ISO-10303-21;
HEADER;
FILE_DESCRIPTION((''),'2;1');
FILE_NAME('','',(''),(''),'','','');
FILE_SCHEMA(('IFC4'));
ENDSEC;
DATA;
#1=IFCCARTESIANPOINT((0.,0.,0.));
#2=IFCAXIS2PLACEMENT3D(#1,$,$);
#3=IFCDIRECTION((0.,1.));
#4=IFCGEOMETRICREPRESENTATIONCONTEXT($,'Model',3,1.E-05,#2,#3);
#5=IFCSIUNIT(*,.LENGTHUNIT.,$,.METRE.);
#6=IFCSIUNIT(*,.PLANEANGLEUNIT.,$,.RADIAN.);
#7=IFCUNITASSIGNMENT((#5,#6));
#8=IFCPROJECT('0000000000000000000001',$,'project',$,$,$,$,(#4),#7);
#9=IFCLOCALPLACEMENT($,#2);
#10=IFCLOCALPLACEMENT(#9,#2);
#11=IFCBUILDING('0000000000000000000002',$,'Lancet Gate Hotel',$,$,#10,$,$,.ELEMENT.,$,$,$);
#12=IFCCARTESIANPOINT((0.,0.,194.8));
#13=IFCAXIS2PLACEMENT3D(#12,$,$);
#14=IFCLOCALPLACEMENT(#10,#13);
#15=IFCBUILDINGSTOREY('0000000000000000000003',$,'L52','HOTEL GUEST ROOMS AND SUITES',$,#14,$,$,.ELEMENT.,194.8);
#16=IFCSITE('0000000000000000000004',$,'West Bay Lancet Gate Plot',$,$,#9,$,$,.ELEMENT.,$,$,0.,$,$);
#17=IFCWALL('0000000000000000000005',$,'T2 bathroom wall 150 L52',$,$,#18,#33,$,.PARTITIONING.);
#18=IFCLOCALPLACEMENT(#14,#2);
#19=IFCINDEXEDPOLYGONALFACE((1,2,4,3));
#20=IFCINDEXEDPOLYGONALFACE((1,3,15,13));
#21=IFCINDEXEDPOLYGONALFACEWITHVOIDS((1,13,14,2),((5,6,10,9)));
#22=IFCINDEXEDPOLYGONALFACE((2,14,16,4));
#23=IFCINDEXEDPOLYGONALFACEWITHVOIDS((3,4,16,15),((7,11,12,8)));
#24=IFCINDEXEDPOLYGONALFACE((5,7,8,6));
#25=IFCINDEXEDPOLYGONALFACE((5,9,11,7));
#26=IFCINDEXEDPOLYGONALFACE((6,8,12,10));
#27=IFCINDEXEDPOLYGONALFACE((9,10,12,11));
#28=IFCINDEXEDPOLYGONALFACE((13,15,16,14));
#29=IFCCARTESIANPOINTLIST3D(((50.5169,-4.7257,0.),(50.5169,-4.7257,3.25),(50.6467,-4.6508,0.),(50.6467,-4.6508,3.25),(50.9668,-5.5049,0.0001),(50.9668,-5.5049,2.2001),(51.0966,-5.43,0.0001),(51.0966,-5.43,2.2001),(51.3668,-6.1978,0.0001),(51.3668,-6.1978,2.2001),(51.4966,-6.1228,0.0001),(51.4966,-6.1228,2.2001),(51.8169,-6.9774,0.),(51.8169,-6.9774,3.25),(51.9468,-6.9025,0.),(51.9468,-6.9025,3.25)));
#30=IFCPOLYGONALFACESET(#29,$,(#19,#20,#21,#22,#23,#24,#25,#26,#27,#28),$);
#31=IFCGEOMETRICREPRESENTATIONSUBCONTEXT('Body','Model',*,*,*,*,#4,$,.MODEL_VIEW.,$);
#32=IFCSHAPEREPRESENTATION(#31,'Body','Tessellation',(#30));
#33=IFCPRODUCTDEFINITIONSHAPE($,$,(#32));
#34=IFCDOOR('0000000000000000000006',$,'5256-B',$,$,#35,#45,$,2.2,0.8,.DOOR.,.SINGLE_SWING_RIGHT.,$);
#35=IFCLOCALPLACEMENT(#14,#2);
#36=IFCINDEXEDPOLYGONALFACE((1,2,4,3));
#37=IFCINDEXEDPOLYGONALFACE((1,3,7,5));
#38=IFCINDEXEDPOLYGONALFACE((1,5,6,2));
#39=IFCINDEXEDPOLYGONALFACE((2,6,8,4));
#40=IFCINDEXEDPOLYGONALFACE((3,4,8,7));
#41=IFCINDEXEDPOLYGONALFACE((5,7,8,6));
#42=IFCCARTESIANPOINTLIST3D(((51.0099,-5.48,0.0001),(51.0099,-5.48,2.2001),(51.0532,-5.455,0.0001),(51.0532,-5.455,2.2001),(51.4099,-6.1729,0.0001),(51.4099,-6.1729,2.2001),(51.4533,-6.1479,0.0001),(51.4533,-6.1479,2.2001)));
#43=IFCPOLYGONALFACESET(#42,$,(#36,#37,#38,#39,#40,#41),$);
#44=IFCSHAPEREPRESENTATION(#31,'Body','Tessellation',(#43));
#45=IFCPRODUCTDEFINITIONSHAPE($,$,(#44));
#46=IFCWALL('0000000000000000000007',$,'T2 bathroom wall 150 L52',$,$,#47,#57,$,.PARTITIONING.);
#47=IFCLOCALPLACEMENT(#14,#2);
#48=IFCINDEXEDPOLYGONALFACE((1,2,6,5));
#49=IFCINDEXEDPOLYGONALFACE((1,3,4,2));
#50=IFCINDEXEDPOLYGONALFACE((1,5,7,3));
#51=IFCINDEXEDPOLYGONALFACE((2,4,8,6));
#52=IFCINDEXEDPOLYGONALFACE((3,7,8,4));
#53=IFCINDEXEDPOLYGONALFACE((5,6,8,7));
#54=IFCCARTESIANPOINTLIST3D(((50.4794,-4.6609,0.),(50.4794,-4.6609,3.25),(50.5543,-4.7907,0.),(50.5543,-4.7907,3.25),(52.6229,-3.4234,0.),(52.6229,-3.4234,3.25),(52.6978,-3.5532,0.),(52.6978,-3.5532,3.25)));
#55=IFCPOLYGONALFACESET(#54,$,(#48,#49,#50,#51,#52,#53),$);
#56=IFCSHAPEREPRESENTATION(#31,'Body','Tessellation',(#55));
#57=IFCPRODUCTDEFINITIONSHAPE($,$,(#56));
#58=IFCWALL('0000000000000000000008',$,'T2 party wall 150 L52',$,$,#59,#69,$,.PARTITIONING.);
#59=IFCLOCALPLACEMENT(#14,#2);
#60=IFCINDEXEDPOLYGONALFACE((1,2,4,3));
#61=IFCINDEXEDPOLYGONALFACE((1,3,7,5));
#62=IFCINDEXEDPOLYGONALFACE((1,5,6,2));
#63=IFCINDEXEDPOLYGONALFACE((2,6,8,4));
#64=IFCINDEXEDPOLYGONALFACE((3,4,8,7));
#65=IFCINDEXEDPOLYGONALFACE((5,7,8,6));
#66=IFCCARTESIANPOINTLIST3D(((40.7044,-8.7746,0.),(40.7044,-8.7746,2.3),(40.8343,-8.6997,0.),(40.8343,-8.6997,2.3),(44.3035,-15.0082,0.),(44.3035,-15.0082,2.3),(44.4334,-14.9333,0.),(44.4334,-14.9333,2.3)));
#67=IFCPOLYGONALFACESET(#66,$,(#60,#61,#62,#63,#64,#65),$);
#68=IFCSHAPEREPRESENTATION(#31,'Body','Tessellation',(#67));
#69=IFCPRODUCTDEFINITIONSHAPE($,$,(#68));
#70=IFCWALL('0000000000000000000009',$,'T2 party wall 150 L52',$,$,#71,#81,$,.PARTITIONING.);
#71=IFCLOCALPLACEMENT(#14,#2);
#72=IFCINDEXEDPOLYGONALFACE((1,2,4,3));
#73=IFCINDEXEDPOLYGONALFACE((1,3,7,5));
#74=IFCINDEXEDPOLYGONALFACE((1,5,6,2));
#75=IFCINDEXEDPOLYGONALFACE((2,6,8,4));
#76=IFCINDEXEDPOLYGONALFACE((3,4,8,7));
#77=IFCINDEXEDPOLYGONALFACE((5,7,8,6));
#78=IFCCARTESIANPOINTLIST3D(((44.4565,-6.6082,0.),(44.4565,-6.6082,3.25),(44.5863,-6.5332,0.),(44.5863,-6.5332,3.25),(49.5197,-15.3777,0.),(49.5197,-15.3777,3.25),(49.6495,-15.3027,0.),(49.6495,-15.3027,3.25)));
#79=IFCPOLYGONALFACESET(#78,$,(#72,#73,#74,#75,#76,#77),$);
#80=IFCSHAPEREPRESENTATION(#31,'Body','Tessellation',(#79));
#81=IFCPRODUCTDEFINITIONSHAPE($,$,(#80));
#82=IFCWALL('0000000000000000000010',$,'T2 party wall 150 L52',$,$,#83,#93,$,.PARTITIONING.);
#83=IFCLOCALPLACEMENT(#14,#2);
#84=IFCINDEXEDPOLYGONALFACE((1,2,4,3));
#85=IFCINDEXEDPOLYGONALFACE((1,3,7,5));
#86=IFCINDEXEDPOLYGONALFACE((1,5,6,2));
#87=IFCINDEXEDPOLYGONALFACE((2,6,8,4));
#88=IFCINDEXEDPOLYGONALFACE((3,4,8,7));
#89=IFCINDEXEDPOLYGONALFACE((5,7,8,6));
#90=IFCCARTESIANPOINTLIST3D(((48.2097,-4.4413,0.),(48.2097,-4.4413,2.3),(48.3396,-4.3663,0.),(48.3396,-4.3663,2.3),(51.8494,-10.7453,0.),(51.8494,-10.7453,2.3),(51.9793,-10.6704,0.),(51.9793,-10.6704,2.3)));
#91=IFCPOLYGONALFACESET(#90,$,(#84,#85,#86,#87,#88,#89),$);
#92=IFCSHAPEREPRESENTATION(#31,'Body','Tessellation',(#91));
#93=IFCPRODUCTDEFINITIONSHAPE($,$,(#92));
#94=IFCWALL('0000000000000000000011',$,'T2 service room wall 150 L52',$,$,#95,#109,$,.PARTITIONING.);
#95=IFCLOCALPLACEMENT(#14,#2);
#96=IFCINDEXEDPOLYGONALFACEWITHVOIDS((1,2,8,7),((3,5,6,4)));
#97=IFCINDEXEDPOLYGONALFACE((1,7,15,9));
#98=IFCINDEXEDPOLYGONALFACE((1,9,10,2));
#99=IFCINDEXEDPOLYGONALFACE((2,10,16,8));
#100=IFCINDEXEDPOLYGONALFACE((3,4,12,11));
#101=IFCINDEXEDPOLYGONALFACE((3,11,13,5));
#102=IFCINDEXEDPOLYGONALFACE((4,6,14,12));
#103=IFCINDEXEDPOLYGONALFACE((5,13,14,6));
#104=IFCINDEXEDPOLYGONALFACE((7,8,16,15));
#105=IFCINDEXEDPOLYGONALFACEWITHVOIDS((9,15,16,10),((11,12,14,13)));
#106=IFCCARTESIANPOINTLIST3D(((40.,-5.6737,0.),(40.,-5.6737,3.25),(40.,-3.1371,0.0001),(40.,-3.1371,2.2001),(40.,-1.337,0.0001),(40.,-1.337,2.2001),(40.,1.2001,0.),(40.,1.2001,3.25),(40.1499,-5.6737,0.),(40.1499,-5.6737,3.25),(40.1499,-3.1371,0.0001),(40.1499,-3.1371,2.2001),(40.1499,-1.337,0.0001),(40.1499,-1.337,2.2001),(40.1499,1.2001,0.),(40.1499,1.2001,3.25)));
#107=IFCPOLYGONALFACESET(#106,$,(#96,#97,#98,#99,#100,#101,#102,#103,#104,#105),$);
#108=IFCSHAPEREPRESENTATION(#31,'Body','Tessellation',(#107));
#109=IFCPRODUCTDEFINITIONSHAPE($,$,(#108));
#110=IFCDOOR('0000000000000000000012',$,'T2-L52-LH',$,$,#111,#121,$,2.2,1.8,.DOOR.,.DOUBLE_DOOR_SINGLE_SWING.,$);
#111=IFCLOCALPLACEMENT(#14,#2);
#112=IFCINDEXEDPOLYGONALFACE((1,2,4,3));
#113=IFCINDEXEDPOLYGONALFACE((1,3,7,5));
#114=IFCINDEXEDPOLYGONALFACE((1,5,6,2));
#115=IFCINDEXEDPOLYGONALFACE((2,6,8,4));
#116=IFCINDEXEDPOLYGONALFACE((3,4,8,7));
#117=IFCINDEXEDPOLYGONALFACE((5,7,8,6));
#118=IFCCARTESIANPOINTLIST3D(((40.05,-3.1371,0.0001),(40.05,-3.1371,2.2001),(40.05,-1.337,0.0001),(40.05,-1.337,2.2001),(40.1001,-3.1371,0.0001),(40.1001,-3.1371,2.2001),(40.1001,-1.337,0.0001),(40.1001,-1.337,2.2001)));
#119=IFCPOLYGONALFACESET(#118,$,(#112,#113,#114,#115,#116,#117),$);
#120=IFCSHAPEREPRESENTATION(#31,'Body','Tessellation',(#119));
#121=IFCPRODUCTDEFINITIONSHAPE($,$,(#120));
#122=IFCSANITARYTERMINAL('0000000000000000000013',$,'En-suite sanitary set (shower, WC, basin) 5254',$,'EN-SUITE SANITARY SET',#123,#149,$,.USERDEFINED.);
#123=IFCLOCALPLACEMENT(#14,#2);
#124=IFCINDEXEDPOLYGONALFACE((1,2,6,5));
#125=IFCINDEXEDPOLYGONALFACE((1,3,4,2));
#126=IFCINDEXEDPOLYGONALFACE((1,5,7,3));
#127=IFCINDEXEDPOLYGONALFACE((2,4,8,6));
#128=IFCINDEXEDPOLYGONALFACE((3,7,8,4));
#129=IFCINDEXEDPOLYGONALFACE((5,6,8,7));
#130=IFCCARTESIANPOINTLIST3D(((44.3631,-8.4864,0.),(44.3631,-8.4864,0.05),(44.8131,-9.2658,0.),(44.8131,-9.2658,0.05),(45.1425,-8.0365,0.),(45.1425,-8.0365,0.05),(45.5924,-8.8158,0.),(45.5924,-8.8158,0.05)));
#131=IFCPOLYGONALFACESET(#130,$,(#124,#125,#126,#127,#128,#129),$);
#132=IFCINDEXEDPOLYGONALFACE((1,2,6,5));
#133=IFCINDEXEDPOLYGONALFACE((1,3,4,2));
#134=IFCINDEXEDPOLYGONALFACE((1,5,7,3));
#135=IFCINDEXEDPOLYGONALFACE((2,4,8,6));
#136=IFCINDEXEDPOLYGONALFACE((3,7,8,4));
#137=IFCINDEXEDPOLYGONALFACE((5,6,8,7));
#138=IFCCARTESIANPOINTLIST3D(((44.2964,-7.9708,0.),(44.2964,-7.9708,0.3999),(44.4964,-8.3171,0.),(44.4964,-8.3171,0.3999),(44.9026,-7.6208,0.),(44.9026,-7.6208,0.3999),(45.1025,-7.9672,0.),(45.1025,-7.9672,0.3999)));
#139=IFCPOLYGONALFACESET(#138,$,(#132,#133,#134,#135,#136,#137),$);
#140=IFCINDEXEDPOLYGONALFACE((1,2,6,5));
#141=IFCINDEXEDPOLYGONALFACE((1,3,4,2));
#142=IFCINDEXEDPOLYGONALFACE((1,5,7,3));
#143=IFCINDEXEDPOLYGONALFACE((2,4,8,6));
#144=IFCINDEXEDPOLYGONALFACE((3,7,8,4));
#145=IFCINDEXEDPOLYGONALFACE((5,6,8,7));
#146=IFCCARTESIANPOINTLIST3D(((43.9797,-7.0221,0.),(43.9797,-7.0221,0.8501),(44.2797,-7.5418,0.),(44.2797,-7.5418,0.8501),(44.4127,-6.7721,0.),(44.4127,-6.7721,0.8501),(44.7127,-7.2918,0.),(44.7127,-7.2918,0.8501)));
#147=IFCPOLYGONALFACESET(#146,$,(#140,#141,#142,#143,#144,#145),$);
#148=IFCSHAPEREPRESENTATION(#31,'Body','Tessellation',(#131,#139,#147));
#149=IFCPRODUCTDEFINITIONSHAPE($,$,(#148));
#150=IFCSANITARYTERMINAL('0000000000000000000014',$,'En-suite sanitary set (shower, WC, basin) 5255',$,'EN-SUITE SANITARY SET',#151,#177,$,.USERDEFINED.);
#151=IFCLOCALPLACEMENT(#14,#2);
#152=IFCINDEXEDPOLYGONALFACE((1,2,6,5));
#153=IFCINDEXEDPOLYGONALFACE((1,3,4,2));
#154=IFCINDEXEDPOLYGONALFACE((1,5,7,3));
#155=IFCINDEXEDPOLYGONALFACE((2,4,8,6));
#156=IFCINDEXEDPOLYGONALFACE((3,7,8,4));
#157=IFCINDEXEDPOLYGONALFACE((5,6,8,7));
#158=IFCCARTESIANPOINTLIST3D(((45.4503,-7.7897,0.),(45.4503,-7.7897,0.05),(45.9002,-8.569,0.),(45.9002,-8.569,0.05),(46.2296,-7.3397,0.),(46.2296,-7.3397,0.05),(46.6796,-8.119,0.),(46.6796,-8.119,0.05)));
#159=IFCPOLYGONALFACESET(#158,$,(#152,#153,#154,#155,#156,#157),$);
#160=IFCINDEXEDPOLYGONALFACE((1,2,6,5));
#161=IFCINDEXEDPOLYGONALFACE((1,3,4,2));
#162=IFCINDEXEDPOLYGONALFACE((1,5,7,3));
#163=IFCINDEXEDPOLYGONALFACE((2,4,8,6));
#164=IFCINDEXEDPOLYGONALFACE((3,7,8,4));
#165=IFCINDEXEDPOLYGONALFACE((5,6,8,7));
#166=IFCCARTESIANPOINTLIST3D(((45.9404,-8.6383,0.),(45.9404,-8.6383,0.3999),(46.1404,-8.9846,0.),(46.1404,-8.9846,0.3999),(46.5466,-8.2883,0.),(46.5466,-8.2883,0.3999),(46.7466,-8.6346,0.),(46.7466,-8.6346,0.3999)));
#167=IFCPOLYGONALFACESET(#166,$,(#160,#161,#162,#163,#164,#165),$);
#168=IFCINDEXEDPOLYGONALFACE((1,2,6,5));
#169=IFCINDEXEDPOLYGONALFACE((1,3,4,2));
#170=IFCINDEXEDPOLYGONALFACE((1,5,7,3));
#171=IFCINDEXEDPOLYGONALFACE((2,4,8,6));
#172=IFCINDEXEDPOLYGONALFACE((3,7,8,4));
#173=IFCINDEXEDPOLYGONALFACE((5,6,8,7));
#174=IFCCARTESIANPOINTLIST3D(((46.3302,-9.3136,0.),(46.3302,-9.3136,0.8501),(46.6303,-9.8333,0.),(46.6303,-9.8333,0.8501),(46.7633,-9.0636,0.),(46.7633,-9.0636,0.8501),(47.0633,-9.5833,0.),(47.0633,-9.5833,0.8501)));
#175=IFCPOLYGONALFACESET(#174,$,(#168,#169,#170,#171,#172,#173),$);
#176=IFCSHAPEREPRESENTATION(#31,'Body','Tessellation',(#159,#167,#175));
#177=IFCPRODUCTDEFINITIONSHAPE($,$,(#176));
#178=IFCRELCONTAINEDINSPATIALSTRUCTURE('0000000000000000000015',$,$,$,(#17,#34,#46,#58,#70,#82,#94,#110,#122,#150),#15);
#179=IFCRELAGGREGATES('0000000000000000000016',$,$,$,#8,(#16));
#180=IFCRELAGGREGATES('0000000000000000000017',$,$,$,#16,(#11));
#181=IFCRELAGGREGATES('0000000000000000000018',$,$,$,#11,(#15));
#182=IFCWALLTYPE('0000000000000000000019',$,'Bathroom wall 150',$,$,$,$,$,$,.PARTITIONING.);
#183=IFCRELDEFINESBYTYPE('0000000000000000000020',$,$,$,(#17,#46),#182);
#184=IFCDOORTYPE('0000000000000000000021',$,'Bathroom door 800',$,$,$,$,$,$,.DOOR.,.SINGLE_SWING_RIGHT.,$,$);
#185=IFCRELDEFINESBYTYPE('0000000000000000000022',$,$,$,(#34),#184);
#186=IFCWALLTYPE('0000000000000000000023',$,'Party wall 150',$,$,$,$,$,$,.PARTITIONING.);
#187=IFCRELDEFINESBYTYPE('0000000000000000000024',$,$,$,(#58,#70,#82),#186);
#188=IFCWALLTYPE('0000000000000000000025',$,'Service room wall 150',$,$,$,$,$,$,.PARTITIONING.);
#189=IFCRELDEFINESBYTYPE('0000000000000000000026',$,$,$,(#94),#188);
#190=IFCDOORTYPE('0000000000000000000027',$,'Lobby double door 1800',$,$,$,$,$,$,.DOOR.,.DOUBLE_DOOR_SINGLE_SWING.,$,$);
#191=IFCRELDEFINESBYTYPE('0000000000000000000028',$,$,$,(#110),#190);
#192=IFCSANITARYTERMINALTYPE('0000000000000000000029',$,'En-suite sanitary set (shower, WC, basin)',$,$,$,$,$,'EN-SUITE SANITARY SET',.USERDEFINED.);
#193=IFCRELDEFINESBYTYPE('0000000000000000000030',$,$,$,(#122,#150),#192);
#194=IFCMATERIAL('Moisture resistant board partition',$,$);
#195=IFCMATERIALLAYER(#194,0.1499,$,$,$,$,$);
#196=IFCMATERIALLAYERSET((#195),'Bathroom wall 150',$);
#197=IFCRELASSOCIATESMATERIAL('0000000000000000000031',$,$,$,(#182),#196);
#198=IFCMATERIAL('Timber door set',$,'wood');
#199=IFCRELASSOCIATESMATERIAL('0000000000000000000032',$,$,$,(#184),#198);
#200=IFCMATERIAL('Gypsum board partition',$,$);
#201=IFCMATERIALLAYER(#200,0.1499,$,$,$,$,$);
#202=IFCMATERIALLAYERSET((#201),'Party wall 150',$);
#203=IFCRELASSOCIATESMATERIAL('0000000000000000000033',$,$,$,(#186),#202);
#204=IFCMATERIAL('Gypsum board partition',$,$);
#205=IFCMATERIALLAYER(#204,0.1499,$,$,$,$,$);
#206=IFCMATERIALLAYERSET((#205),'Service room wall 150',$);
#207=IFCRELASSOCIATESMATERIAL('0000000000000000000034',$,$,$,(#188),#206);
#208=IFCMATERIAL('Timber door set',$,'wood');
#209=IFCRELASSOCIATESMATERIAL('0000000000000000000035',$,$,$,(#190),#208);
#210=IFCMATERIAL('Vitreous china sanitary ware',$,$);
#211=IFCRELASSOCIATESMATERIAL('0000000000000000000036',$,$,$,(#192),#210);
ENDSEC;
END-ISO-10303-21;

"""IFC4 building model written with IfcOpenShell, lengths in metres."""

from ifc_helpers import new_model, si_unit, direction, frame, frame_2d, origin, origin_2d, place, context, subcontext, project, spatial, rectangle, extrude, material, layer, layer_set, type_object, element, fill, save


model = new_model("IFC4")

# Units and contexts
model_context = context("Model", 3, precision=1e-05, world=origin(), true_north=direction((0.0, 1.0)))
body_context = subcontext(model_context, "Body", "Model", "MODEL_VIEW")
ifc_project = project(units=[si_unit("LENGTHUNIT", "METRE"), si_unit("PLANEANGLEUNIT", "RADIAN")], contexts=[model_context])

# Site, building, storey
site_placement = place(None, origin())
site = spatial("IfcSite", under=ifc_project, at=site_placement, Name="West Bay Lancet Gate Plot", CompositionType="ELEMENT", RefElevation=0.0)
building_placement = place(site_placement, origin())
building = spatial("IfcBuilding", under=site, at=building_placement, Name="Lancet Gate Hotel", CompositionType="ELEMENT")
storey_placement = place(building_placement, frame((0.0, 0.0, 194.8)))
storey = spatial("IfcBuildingStorey", under=building, at=storey_placement, Name="L52", Description="HOTEL GUEST ROOMS AND SUITES", CompositionType="ELEMENT", Elevation=194.8)

# Shared definitions
ifc_material_1 = material(Name="Moisture resistant board partition")
ifc_layer_1 = layer(ifc_material_1, 0.1499)
ifc_layer_set_1 = layer_set([ifc_layer_1], Name="Bathroom wall 150")
wall_type_1 = type_object("IfcWallType", Name="Bathroom wall 150", PredefinedType="PARTITIONING", material=ifc_layer_set_1)

# Shared definitions
ifc_material_2 = material(Name="Timber door set", Category="wood")
door_type_1 = type_object("IfcDoorType", Name="Bathroom door 800", OperationType="SINGLE_SWING_RIGHT", PredefinedType="DOOR", material=ifc_material_2)

# Wall, opening, door
wall_1_placement = place(storey_placement, frame((50.5818, -4.6882, 0.0), z_axis=(0.0, 0.0, 1.0), x_axis=(0.500007, -0.866021, 0.0)))
wall_1 = element("IfcWall", 1, at=wall_1_placement, inside=storey, type_object=wall_type_1, Name="T2 bathroom wall 150 L52", PredefinedType="PARTITIONING", context=body_context, shape_type="SweptSolid", body=[
    extrude(rectangle(XDim=2.6001, YDim=0.1499, at=frame_2d((1.3, 0.0))), origin(), (0.0, 0.0, 1.0), 3.25),
])
opening_1_placement = place(wall_1_placement, frame((0.8999, 0.0, 0.0)))
opening_1 = element("IfcOpeningElement", 2, at=opening_1_placement, cuts=wall_1, PredefinedType="OPENING", context=body_context, shape_type="SweptSolid", body=[
    extrude(rectangle(XDim=0.8, YDim=2.2, at=frame_2d((0.3999, 1.1001))), frame((0.0, 0.085, 0.0), z_axis=(0.0, -1.0, 0.0), x_axis=(1.0, 0.0, 0.0)), (0.0, 0.0, 1.0), 0.1699),
])
door_1_placement = place(opening_1_placement, origin())
door_1 = element("IfcDoor", 3, at=door_1_placement, inside=storey, type_object=door_type_1, Name="5256-B", OperationType="SINGLE_SWING_RIGHT", OverallHeight=2.2, OverallWidth=0.8, PredefinedType="DOOR", context=body_context, shape_type="SweptSolid", body=[
    extrude(rectangle(XDim=0.8, YDim=2.2, at=frame_2d((0.3999, 1.1001))), frame((0.0, 0.0249, 0.0), z_axis=(0.0, -1.0, 0.0), x_axis=(1.0, 0.0, 0.0)), (0.0, 0.0, 1.0), 0.05),
])
fill(opening_1, door_1)

# Walls
wall_2_placement = place(storey_placement, frame((50.5168, -4.7258, 0.0), z_axis=(0.0, 0.0, 1.0), x_axis=(0.866031, 0.49999, 0.0)))
element("IfcWall", 4, at=wall_2_placement, inside=storey, type_object=wall_type_1, Name="T2 bathroom wall 150 L52", PredefinedType="PARTITIONING", context=body_context, shape_type="SweptSolid", body=[
    extrude(rectangle(XDim=2.4751, YDim=0.1499, at=frame_2d((1.2375, 0.0))), origin(), (0.0, 0.0, 1.0), 3.25),
])
ifc_material_3 = material(Name="Gypsum board partition")
ifc_layer_2 = layer(ifc_material_3, 0.1499)
ifc_layer_set_2 = layer_set([ifc_layer_2], Name="Party wall 150")
wall_type_2 = type_object("IfcWallType", Name="Party wall 150", PredefinedType="PARTITIONING", material=ifc_layer_set_2)
wall_3_placement = place(storey_placement, frame((40.7693, -8.7371, 0.0), z_axis=(0.0, 0.0, 1.0), x_axis=(0.500013, -0.866018, 0.0)))
element("IfcWall", 5, at=wall_3_placement, inside=storey, type_object=wall_type_2, Name="T2 party wall 150 L52", PredefinedType="PARTITIONING", context=body_context, shape_type="SweptSolid", body=[
    extrude(rectangle(XDim=7.198, YDim=0.1499, at=frame_2d((3.5991, 0.0))), origin(), (0.0, 0.0, 1.0), 2.3),
])
wall_4_placement = place(storey_placement, frame((44.5215, -6.5708, 0.0), z_axis=(0.0, 0.0, 1.0), x_axis=(0.50001, -0.866019, 0.0)))
element("IfcWall", 6, at=wall_4_placement, inside=storey, type_object=wall_type_2, Name="T2 party wall 150 L52", PredefinedType="PARTITIONING", context=body_context, shape_type="SweptSolid", body=[
    extrude(rectangle(XDim=10.1262, YDim=0.1499, at=frame_2d((5.063, 0.0))), origin(), (0.0, 0.0, 1.0), 3.25),
])
wall_5_placement = place(storey_placement, frame((48.2747, -4.4038, 0.0), z_axis=(0.0, 0.0, 1.0), x_axis=(0.500006, -0.866022, 0.0)))
element("IfcWall", 7, at=wall_5_placement, inside=storey, type_object=wall_type_2, Name="T2 party wall 150 L52", PredefinedType="PARTITIONING", context=body_context, shape_type="SweptSolid", body=[
    extrude(rectangle(XDim=7.2793, YDim=0.1499, at=frame_2d((3.6396, 0.0))), origin(), (0.0, 0.0, 1.0), 2.3),
])

# Wall, opening, door
ifc_material_4 = material(Name="Gypsum board partition")
ifc_layer_3 = layer(ifc_material_4, 0.1499)
ifc_layer_set_3 = layer_set([ifc_layer_3], Name="Service room wall 150")
wall_type_3 = type_object("IfcWallType", Name="Service room wall 150", PredefinedType="PARTITIONING", material=ifc_layer_set_3)
wall_6_placement = place(storey_placement, frame((40.075, -5.6738, 0.0), z_axis=(0.0, 0.0, 1.0), x_axis=(0.0, 1.0, 0.0)))
wall_6 = element("IfcWall", 8, at=wall_6_placement, inside=storey, type_object=wall_type_3, Name="T2 service room wall 150 L52", PredefinedType="PARTITIONING", context=body_context, shape_type="SweptSolid", body=[
    extrude(rectangle(XDim=6.8738, YDim=0.1499, at=frame_2d((3.437, 0.0))), origin(), (0.0, 0.0, 1.0), 3.25),
])
opening_2_placement = place(wall_6_placement, frame((2.5369, 0.0, 0.0)))
opening_2 = element("IfcOpeningElement", 9, at=opening_2_placement, cuts=wall_6, PredefinedType="OPENING", context=body_context, shape_type="SweptSolid", body=[
    extrude(rectangle(XDim=1.8, YDim=2.2, at=frame_2d((0.8999, 1.1001))), frame((0.0, 0.085, 0.0), z_axis=(0.0, -1.0, 0.0), x_axis=(1.0, 0.0, 0.0)), (0.0, 0.0, 1.0), 0.1699),
])
ifc_material_5 = material(Name="Timber door set", Category="wood")
door_type_2 = type_object("IfcDoorType", Name="Lobby double door 1800", OperationType="DOUBLE_DOOR_SINGLE_SWING", PredefinedType="DOOR", material=ifc_material_5)
door_2_placement = place(opening_2_placement, origin())
door_2 = element("IfcDoor", 10, at=door_2_placement, inside=storey, type_object=door_type_2, Name="T2-L52-LH", OperationType="DOUBLE_DOOR_SINGLE_SWING", OverallHeight=2.2, OverallWidth=1.8, PredefinedType="DOOR", context=body_context, shape_type="SweptSolid", body=[
    extrude(rectangle(XDim=1.8, YDim=2.2, at=frame_2d((0.8999, 1.1001))), frame((0.0, 0.0249, 0.0), z_axis=(0.0, -1.0, 0.0), x_axis=(1.0, 0.0, 0.0)), (0.0, 0.0, 1.0), 0.05),
])
fill(opening_2, door_2)

# Sanitary terminals
ifc_material_6 = material(Name="Vitreous china sanitary ware")
sanitary_terminal_type = type_object("IfcSanitaryTerminalType", Name="En-suite sanitary set (shower, WC, basin)", ElementType="EN-SUITE SANITARY SET", PredefinedType="USERDEFINED", material=ifc_material_6)
sanitary_terminal_1_placement = place(storey_placement, frame((44.9778, -8.6511, 0.0), z_axis=(0.0, 0.0, 1.0), x_axis=(1.0, 0.0, 0.0)))
element("IfcSanitaryTerminal", 11, at=sanitary_terminal_1_placement, inside=storey, type_object=sanitary_terminal_type, Name="En-suite sanitary set (shower, WC, basin) 5254", ObjectType="EN-SUITE SANITARY SET", PredefinedType="USERDEFINED", context=body_context, shape_type="SweptSolid", body=[
    extrude(rectangle(XDim=0.8999, YDim=0.8999, at=origin_2d()), frame((0.0, 0.0, 0.0), z_axis=(0.0, 0.0, 1.0), x_axis=(0.5, -0.866025, 0.0)), (0.0, 0.0, 1.0), 0.05),
    extrude(rectangle(XDim=0.3999, YDim=0.7, at=origin_2d()), frame((-0.2783, 0.6821, 0.0), z_axis=(0.0, 0.0, 1.0), x_axis=(0.5, -0.866025, 0.0)), (0.0, 0.0, 1.0), 0.3999),
    extrude(rectangle(XDim=0.6001, YDim=0.5, at=origin_2d()), frame((-0.6316, 1.4941, 0.0), z_axis=(0.0, 0.0, 1.0), x_axis=(0.5, -0.866025, 0.0)), (0.0, 0.0, 1.0), 0.8501),
])
sanitary_terminal_2_placement = place(storey_placement, frame((46.0649, -7.9543, 0.0), z_axis=(0.0, 0.0, 1.0), x_axis=(1.0, 0.0, 0.0)))
element("IfcSanitaryTerminal", 12, at=sanitary_terminal_2_placement, inside=storey, type_object=sanitary_terminal_type, Name="En-suite sanitary set (shower, WC, basin) 5255", ObjectType="EN-SUITE SANITARY SET", PredefinedType="USERDEFINED", context=body_context, shape_type="SweptSolid", body=[
    extrude(rectangle(XDim=0.8999, YDim=0.8999, at=origin_2d()), frame((0.0, 0.0, 0.0), z_axis=(0.0, 0.0, 1.0), x_axis=(-0.5, 0.866025, 0.0)), (0.0, 0.0, 1.0), 0.05),
    extrude(rectangle(XDim=0.3999, YDim=0.7, at=origin_2d()), frame((0.2786, -0.6821, 0.0), z_axis=(0.0, 0.0, 1.0), x_axis=(-0.5, 0.866025, 0.0)), (0.0, 0.0, 1.0), 0.3999),
    extrude(rectangle(XDim=0.6001, YDim=0.5, at=origin_2d()), frame((0.6318, -1.4941, 0.0), z_axis=(0.0, 0.0, 1.0), x_axis=(-0.5, 0.866025, 0.0)), (0.0, 0.0, 1.0), 0.8501),
])

save(model, "model.ifc")
